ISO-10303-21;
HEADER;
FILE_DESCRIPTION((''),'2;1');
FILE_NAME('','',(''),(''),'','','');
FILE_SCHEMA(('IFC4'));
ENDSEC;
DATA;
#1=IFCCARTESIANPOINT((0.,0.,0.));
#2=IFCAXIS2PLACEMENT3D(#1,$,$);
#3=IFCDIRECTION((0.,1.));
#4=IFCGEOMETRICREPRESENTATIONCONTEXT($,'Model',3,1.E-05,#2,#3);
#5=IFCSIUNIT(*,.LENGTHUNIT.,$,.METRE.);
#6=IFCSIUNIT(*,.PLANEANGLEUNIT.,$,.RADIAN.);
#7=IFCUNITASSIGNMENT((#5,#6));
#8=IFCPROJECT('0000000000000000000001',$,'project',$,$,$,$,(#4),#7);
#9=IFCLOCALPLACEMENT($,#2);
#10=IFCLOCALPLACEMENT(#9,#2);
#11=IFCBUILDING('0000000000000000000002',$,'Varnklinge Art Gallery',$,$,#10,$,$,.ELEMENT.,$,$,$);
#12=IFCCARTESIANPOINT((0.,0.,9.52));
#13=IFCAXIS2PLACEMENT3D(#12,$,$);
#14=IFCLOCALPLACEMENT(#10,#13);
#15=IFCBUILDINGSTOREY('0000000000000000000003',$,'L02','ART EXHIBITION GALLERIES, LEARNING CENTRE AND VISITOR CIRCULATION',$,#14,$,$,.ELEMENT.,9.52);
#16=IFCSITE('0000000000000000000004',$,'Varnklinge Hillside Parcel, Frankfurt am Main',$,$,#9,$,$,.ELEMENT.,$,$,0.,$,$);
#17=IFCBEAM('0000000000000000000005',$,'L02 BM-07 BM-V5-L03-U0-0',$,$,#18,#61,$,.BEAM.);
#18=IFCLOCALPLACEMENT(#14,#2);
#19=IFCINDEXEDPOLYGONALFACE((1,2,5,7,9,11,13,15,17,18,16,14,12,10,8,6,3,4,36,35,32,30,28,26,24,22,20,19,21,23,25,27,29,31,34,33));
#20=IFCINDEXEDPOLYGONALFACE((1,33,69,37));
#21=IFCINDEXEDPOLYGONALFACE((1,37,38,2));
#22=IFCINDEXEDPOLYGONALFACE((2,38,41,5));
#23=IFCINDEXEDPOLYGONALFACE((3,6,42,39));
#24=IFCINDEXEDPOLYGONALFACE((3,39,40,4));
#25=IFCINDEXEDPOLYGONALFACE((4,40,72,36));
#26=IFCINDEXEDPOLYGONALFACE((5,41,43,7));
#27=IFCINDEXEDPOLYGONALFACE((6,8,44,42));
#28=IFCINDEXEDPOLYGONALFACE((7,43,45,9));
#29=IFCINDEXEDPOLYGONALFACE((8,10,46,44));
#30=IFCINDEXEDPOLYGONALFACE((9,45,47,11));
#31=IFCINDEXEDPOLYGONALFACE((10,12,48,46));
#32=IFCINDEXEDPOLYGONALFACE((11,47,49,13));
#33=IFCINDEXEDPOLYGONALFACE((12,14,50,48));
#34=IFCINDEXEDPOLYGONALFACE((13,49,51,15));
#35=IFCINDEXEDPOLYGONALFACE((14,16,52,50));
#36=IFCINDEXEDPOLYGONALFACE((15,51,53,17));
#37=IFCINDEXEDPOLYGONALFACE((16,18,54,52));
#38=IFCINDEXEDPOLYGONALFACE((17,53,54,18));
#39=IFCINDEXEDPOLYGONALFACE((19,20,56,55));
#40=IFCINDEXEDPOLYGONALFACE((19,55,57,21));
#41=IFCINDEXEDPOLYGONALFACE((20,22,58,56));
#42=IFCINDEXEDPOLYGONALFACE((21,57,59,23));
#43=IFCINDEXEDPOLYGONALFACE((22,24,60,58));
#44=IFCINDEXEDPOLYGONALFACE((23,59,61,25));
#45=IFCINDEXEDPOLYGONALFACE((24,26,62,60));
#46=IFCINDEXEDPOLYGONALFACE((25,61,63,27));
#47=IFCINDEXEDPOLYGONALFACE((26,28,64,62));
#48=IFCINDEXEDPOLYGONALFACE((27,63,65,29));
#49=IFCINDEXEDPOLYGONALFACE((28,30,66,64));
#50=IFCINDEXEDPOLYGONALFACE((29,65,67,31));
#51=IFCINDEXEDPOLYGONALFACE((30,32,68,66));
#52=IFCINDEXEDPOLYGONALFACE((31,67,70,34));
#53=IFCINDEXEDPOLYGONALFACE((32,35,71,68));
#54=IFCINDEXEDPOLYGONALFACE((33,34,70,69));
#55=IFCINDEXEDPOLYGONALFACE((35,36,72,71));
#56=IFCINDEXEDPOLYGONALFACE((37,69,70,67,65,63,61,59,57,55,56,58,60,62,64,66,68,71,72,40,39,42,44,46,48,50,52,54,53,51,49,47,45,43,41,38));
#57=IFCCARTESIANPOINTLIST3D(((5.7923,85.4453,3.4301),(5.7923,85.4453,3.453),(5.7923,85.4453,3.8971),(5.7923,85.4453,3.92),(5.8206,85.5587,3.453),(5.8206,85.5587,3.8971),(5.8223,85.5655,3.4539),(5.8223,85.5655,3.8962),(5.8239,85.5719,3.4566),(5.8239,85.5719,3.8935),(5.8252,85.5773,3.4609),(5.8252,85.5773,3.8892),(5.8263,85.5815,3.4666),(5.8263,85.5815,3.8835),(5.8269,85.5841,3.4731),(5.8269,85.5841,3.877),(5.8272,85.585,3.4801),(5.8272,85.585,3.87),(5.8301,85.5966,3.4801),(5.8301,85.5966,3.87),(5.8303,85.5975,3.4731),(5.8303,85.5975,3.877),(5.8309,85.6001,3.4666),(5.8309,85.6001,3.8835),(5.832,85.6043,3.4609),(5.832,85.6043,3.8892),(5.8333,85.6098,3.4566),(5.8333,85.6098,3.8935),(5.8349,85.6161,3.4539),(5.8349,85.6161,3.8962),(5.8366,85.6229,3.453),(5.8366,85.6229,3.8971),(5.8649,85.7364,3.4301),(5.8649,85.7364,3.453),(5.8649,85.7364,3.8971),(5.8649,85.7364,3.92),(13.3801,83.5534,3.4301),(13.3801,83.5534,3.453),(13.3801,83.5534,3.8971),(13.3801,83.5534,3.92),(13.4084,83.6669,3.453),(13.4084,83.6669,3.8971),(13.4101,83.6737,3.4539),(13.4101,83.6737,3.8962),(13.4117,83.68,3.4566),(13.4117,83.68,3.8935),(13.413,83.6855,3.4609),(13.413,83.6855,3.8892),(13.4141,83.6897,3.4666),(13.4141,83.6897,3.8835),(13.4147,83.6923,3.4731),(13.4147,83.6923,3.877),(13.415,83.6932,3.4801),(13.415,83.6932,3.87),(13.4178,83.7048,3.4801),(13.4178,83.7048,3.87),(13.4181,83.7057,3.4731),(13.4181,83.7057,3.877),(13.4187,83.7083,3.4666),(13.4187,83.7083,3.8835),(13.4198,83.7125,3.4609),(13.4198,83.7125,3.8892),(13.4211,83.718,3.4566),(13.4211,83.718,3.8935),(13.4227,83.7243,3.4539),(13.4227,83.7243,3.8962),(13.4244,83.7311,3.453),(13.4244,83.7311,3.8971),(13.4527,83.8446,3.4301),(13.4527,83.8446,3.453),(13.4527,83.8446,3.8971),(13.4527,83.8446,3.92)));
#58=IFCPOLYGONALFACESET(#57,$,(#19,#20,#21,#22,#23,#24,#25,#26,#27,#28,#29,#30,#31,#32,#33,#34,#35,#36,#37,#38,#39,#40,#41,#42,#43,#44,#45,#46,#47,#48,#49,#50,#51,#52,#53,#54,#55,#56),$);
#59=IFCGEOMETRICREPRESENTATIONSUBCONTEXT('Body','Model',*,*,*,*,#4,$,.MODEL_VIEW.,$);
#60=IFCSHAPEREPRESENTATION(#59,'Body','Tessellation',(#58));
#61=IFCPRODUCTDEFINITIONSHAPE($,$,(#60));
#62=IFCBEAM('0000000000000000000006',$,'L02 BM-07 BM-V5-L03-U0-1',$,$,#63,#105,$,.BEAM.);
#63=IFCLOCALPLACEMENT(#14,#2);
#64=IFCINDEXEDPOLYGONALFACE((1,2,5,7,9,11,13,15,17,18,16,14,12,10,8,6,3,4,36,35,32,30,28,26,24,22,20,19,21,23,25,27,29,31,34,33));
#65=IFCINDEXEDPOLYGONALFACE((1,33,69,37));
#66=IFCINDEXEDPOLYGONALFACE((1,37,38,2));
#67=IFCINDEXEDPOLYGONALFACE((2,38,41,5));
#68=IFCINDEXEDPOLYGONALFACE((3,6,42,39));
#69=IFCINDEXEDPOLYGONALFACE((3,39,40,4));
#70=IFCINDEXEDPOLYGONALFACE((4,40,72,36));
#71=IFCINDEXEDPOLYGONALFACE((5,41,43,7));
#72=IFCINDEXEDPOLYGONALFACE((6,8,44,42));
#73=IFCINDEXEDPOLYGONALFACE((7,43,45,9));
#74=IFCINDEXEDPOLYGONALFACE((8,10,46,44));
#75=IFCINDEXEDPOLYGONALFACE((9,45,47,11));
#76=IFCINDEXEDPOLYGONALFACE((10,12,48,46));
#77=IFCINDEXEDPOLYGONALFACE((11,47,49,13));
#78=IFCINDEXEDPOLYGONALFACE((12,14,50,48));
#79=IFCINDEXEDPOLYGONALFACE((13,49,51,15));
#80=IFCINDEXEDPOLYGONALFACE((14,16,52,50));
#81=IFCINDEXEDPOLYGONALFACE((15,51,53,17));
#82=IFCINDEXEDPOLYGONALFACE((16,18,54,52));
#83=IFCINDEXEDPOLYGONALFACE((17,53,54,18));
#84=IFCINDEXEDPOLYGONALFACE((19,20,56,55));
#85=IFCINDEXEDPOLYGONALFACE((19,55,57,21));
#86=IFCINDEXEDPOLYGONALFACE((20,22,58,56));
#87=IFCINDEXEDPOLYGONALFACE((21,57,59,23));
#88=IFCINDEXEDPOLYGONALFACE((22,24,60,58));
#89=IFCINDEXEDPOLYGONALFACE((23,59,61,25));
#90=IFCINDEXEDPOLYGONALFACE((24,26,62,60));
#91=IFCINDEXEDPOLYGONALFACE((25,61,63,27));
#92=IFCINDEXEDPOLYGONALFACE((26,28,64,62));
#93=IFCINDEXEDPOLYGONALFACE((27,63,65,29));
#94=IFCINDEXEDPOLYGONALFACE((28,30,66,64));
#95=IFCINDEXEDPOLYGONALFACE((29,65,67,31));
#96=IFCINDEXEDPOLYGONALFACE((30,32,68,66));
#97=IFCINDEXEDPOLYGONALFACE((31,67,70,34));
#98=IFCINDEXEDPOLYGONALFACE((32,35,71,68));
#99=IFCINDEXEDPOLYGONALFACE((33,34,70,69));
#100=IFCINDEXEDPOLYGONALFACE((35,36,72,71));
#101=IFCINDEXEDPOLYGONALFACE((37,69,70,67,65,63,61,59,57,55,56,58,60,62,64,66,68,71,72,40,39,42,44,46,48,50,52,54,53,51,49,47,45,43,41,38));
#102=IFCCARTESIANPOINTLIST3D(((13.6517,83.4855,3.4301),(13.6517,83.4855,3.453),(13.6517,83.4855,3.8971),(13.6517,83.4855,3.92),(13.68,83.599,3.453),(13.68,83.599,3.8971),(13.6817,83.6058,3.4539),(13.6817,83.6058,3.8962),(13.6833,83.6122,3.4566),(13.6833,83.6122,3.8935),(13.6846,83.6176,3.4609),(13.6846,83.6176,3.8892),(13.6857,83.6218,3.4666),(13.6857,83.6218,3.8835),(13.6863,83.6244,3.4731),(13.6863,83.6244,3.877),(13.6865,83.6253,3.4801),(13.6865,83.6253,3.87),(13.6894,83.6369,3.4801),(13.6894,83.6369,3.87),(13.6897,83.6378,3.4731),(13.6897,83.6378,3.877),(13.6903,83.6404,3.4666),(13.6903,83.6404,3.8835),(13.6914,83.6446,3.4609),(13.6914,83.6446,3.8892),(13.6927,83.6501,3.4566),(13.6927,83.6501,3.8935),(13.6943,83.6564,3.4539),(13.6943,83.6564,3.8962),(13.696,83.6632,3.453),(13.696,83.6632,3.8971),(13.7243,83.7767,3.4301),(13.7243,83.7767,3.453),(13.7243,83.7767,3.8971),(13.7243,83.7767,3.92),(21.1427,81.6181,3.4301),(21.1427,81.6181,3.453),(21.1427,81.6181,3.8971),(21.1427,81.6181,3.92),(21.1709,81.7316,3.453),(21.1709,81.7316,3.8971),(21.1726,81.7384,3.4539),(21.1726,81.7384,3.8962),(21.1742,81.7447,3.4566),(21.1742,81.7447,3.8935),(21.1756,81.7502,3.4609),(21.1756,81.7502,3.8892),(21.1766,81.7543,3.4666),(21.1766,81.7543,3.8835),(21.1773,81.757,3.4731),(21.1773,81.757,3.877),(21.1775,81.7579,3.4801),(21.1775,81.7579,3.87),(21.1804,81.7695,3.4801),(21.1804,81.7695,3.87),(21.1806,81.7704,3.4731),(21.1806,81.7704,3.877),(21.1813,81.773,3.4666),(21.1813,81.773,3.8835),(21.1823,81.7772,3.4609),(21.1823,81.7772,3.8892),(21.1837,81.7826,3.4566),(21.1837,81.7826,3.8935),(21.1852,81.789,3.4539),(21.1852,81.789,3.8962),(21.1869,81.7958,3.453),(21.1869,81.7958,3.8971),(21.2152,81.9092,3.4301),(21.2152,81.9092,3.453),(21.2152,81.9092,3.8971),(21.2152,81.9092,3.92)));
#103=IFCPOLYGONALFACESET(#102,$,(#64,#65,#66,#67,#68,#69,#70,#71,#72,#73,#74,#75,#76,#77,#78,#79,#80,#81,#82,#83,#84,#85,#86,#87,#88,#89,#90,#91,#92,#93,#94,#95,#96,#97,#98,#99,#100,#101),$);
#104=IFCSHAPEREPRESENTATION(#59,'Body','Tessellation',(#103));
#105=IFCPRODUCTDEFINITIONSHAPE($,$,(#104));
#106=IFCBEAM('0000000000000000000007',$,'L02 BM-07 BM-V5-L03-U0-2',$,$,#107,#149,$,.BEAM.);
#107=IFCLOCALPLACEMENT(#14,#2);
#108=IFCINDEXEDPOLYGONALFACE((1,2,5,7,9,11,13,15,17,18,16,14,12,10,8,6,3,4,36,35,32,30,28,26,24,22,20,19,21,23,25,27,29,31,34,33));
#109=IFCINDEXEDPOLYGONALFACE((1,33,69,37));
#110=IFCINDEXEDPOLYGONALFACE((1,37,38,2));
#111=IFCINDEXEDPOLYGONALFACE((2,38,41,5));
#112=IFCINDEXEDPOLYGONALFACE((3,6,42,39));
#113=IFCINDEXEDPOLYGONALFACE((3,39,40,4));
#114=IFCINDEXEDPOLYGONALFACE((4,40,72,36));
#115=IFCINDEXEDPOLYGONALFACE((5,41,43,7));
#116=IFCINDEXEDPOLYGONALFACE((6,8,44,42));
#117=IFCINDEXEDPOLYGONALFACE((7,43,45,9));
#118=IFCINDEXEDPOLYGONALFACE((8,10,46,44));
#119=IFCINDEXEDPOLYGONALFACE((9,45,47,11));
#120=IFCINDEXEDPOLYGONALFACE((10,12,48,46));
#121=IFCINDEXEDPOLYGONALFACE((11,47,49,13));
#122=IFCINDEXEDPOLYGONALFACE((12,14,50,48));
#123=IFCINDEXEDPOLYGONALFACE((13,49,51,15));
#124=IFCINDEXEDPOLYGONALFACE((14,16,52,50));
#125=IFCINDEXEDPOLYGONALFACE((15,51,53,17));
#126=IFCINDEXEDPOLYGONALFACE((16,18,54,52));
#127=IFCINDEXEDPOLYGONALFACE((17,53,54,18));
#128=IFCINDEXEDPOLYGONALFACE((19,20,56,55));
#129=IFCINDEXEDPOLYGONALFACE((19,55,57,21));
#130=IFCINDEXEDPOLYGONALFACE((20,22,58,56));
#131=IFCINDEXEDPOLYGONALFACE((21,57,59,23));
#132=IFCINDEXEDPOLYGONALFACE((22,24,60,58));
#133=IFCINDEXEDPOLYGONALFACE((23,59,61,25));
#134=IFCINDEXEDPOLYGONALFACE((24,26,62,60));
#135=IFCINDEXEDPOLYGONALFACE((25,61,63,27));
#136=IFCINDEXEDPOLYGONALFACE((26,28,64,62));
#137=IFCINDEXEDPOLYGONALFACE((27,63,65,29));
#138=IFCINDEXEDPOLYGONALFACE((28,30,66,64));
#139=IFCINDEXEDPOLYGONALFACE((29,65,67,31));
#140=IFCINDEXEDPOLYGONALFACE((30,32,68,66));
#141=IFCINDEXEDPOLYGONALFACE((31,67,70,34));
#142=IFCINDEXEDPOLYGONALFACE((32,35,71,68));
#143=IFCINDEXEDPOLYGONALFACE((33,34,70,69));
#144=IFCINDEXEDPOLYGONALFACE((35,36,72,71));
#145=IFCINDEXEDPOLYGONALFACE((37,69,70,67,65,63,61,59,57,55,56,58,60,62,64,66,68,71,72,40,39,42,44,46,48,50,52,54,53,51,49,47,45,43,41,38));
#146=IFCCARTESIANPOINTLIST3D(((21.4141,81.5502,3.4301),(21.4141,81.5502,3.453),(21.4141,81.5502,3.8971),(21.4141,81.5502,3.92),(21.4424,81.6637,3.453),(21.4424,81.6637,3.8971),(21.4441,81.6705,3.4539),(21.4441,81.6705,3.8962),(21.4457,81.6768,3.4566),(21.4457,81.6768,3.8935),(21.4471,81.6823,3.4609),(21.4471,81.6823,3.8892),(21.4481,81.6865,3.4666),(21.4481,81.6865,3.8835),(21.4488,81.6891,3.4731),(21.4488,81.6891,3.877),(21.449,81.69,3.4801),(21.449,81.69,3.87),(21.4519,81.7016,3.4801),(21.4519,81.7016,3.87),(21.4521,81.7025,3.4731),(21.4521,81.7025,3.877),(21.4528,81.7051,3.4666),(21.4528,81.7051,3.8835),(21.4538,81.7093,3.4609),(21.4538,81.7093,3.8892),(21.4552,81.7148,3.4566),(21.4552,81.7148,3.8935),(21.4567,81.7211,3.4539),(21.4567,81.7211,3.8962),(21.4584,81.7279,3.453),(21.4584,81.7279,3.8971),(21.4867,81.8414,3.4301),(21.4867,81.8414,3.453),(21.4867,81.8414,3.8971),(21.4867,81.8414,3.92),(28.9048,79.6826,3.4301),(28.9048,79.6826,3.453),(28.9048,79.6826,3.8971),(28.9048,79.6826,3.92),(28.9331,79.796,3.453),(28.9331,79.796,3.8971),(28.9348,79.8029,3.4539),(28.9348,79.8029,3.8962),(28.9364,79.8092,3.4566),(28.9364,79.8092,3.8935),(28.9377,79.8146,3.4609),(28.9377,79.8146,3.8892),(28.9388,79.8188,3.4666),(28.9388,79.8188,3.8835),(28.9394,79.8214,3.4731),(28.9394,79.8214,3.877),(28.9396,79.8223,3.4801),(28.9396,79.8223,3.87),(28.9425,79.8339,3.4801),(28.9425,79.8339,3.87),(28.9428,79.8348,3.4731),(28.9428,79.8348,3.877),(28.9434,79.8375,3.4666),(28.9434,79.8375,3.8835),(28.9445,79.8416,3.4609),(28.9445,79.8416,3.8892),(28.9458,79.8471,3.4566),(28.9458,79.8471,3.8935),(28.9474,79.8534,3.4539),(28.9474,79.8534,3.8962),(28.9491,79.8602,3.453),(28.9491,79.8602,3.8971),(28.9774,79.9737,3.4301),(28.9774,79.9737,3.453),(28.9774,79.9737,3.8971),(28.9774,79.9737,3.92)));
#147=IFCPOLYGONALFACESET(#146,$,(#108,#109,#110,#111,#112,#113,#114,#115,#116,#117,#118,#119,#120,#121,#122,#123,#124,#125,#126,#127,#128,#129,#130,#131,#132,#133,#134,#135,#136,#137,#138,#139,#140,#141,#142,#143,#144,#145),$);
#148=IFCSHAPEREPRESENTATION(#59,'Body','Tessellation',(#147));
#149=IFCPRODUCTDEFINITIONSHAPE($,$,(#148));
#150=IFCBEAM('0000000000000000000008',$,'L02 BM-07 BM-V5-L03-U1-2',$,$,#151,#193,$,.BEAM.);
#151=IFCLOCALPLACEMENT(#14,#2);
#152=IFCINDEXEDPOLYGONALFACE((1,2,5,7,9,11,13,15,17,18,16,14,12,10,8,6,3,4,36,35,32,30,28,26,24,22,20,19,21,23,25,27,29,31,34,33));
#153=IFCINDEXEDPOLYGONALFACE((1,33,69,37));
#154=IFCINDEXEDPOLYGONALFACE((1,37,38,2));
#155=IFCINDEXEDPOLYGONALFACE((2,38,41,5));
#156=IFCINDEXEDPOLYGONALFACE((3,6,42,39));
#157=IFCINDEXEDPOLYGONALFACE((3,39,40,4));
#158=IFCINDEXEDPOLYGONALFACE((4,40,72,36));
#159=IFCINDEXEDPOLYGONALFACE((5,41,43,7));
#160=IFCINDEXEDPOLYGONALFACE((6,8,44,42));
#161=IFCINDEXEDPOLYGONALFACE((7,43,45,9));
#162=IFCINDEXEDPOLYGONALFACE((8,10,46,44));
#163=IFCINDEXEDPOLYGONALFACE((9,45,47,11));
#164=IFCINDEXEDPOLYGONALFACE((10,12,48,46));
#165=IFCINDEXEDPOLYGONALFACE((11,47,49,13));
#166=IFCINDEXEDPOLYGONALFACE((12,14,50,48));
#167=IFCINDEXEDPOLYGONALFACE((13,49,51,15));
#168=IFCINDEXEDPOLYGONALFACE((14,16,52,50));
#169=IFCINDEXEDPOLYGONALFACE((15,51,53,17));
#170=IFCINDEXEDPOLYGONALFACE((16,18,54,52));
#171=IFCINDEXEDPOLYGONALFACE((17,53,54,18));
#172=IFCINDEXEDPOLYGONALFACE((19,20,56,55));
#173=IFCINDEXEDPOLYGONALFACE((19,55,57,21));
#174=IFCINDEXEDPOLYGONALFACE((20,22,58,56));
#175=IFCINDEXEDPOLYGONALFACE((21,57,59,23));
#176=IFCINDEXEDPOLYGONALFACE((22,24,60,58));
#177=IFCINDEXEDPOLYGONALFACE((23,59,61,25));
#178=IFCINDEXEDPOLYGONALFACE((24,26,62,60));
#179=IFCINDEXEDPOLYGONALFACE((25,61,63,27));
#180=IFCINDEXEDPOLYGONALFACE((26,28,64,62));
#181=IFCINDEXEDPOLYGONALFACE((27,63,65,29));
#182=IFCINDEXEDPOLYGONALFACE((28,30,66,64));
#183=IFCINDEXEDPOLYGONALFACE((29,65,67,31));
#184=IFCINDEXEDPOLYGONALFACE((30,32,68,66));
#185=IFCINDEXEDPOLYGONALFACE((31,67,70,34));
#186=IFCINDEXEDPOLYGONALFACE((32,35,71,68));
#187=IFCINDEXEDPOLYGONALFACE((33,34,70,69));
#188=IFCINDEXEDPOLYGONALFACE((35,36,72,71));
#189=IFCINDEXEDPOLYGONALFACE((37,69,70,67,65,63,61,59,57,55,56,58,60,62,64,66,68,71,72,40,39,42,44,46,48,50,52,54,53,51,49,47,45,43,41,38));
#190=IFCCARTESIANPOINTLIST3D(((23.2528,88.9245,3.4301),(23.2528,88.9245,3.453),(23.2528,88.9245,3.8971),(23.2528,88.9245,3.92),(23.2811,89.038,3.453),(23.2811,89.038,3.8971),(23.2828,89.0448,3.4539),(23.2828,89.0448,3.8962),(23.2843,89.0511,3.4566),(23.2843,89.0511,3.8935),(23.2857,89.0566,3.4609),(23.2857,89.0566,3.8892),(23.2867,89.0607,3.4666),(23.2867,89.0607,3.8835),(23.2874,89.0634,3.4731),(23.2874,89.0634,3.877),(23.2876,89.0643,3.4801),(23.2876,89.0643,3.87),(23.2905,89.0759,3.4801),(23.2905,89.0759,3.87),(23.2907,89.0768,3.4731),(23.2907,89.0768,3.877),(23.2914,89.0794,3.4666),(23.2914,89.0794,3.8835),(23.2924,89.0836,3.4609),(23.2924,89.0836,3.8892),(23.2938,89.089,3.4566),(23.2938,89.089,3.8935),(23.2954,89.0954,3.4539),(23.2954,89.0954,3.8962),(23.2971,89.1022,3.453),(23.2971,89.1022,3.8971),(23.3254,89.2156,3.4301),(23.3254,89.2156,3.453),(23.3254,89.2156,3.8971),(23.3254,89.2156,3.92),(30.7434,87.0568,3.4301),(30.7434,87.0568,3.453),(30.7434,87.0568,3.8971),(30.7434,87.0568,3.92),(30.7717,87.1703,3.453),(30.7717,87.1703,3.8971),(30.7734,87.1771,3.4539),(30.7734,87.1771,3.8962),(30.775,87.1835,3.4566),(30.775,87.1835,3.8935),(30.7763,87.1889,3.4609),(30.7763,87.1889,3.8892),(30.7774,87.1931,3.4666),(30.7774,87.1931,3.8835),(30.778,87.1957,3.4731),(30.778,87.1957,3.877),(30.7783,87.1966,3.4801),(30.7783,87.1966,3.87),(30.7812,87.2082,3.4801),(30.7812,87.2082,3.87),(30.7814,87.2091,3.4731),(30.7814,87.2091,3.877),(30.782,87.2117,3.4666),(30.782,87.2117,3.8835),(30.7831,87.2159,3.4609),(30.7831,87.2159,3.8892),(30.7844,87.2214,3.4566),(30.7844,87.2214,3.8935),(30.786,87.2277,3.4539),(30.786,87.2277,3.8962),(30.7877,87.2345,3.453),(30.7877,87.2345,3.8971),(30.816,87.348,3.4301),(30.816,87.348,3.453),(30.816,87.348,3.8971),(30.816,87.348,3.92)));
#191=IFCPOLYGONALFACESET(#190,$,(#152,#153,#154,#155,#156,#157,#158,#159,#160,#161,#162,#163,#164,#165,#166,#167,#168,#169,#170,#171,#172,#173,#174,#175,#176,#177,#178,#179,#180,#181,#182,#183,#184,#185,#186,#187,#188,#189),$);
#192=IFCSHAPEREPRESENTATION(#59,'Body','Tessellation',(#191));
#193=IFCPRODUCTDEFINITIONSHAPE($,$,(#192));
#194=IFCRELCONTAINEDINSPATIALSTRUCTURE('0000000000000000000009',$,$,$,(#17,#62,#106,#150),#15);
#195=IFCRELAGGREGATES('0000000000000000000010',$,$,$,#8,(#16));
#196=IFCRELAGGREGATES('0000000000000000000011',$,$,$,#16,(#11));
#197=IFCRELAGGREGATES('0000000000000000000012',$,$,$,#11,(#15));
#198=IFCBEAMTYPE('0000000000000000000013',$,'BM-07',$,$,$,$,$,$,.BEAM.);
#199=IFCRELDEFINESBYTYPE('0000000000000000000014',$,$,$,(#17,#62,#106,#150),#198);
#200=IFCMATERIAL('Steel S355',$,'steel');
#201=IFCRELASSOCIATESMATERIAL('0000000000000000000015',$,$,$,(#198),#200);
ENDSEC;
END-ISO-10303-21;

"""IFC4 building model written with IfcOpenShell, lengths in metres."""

from ifc_helpers import new_model, si_unit, direction, frame, origin, origin_2d, place, context, subcontext, project, spatial, i_section, extrude, material, material_profile, profile_set, type_object, element, save


model = new_model("IFC4")

# Units and contexts
model_context = context("Model", 3, precision=1e-05, world=origin(), true_north=direction((0.0, 1.0)))
body_context = subcontext(model_context, "Body", "Model", "MODEL_VIEW")
ifc_project = project(units=[si_unit("LENGTHUNIT", "METRE"), si_unit("PLANEANGLEUNIT", "RADIAN")], contexts=[model_context])

# Site, building, storey
site_placement = place(None, origin())
site = spatial("IfcSite", under=ifc_project, at=site_placement, Name="Varnklinge Hillside Parcel, Frankfurt am Main", CompositionType="ELEMENT", RefElevation=0.0)
building_placement = place(site_placement, origin())
building = spatial("IfcBuilding", under=site, at=building_placement, Name="Varnklinge Art Gallery", CompositionType="ELEMENT")
storey_placement = place(building_placement, frame((0.0, 0.0, 9.52)))
storey = spatial("IfcBuildingStorey", under=building, at=storey_placement, Name="L02", Description="ART EXHIBITION GALLERIES, LEARNING CENTRE AND VISITOR CIRCULATION", CompositionType="ELEMENT", Elevation=9.52)

# Beams
ifc_material_1 = material(Name="Steel S355", Category="steel")
ifc_material_profile_1 = material_profile(ifc_material_1, i_section(OverallWidth=0.3, OverallDepth=0.49, WebThickness=0.012, FlangeThickness=0.0229, FilletRadius=0.0271, at=origin_2d()), Name="HEA 500")
ifc_profile_set_1 = profile_set([ifc_material_profile_1], Name="Steel S355")
beam_type_1 = type_object("IfcBeamType", Name="BM-07", PredefinedType="BEAM", material=ifc_profile_set_1)
beam_1_placement = place(storey_placement, frame((5.8286, 85.5908, 3.675), z_axis=(0.970297, -0.241919, 0.0), x_axis=(0.241919, 0.970297, 0.0)))
element("IfcBeam", 1, at=beam_1_placement, inside=storey, type_object=beam_type_1, Name="L02 BM-07 BM-V5-L03-U0-0", PredefinedType="BEAM", context=body_context, shape_type="SweptSolid", body=[
    extrude(i_section(OverallWidth=0.3, OverallDepth=0.49, WebThickness=0.012, FlangeThickness=0.0229, FilletRadius=0.0271, at=origin_2d()), origin(), (0.0, 0.0, 1.0), 7.8201),
])
beam_2_placement = place(storey_placement, frame((13.688, 83.6311, 3.675), z_axis=(0.970304, -0.241888, 0.0), x_axis=(0.241888, 0.970304, 0.0)))
element("IfcBeam", 2, at=beam_2_placement, inside=storey, type_object=beam_type_1, Name="L02 BM-07 BM-V5-L03-U0-1", PredefinedType="BEAM", context=body_context, shape_type="SweptSolid", body=[
    extrude(i_section(OverallWidth=0.3, OverallDepth=0.49, WebThickness=0.012, FlangeThickness=0.0229, FilletRadius=0.0271, at=origin_2d()), origin(), (0.0, 0.0, 1.0), 7.7202),
])
for number, where, z_axis, x_axis, name in (
    (3, (21.4504, 81.6958, 3.675), (0.970295, -0.241925, 0.0), (0.241925, 0.970295, 0.0), "L02 BM-07 BM-V5-L03-U0-2"),
    (4, (23.2891, 89.0701, 3.675), (0.970295, -0.241925, 0.0), (0.241925, 0.970295, 0.0), "L02 BM-07 BM-V5-L03-U1-2"),
):
    element("IfcBeam", number, at=place(storey_placement, frame(where, z_axis=z_axis, x_axis=x_axis)), inside=storey, type_object=beam_type_1, Name=name, PredefinedType="BEAM", context=body_context, shape_type="SweptSolid", body=[
        extrude(i_section(OverallWidth=0.3, OverallDepth=0.49, WebThickness=0.012, FlangeThickness=0.0229, FilletRadius=0.0271, at=origin_2d()), origin(), (0.0, 0.0, 1.0), 7.72),
    ])

save(model, "model.ifc")
